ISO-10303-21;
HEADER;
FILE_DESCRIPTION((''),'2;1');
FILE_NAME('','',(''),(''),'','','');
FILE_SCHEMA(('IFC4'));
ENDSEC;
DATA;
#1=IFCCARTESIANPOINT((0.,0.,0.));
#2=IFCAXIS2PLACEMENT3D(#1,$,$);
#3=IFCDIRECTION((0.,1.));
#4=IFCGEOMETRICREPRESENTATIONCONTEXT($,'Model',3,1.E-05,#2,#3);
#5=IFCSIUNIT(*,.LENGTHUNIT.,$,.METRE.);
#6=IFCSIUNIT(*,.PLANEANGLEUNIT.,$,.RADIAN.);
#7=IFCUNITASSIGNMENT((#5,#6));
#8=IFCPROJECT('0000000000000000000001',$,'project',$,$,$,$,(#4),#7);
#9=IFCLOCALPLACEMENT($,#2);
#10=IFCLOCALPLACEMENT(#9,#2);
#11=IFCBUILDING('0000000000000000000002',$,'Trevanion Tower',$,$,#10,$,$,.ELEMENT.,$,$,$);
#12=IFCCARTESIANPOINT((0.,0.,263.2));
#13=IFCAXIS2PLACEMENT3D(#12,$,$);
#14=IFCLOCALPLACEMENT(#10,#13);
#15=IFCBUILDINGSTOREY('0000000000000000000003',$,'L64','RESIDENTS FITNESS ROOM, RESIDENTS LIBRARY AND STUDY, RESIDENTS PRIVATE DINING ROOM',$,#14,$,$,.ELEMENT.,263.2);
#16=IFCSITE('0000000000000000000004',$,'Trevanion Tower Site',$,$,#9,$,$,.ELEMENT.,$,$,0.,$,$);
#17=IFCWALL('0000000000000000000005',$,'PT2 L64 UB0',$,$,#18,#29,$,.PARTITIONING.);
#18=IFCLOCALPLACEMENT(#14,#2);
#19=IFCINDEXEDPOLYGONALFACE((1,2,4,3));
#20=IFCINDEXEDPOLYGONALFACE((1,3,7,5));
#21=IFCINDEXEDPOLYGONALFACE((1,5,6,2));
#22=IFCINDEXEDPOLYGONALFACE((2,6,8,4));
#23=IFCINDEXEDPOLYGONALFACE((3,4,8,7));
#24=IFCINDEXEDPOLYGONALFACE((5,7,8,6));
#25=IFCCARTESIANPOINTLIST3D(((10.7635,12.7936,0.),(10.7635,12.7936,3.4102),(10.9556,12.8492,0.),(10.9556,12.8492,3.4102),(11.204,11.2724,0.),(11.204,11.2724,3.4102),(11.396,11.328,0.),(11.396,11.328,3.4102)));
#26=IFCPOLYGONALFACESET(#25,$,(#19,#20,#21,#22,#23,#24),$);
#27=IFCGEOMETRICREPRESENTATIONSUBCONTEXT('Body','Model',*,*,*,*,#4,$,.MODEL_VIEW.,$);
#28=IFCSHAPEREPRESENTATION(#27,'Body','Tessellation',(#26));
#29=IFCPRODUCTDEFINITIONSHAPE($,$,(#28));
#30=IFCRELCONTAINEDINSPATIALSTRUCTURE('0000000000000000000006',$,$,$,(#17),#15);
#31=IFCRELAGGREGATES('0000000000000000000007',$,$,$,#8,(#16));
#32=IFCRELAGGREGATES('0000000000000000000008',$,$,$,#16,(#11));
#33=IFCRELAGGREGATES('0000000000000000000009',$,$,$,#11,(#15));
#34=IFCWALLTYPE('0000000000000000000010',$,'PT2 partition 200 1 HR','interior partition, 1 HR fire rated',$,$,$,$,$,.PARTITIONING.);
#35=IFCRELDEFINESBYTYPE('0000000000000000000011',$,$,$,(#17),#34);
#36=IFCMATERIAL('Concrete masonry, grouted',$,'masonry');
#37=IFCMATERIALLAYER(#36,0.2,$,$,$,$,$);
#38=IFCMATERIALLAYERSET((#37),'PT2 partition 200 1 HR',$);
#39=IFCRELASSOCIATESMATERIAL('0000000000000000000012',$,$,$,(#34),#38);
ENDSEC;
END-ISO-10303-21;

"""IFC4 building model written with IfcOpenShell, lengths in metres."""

from ifc_helpers import new_model, si_unit, direction, frame, frame_2d, origin, place, context, subcontext, project, spatial, rectangle, extrude, material, layer, layer_set, type_object, element, save


model = new_model("IFC4")

# Units and contexts
model_context = context("Model", 3, precision=1e-05, world=origin(), true_north=direction((0.0, 1.0)))
body_context = subcontext(model_context, "Body", "Model", "MODEL_VIEW")
ifc_project = project(units=[si_unit("LENGTHUNIT", "METRE"), si_unit("PLANEANGLEUNIT", "RADIAN")], contexts=[model_context])

# Site, building, storey
site_placement = place(None, origin())
site = spatial("IfcSite", under=ifc_project, at=site_placement, Name="Trevanion Tower Site", CompositionType="ELEMENT", RefElevation=0.0)
building_placement = place(site_placement, origin())
building = spatial("IfcBuilding", under=site, at=building_placement, Name="Trevanion Tower", CompositionType="ELEMENT")
storey_placement = place(building_placement, frame((0.0, 0.0, 263.2)))
storey = spatial("IfcBuildingStorey", under=building, at=storey_placement, Name="L64", Description="RESIDENTS FITNESS ROOM, RESIDENTS LIBRARY AND STUDY, RESIDENTS PRIVATE DINING ROOM", CompositionType="ELEMENT", Elevation=263.2)

# Wall
ifc_material_1 = material(Name="Concrete masonry, grouted", Category="masonry")
ifc_layer_1 = layer(ifc_material_1, 0.2)
ifc_layer_set_1 = layer_set([ifc_layer_1], Name="PT2 partition 200 1 HR")
wall_type_1 = type_object("IfcWallType", Name="PT2 partition 200 1 HR", Description="interior partition, 1 HR fire rated", PredefinedType="PARTITIONING", material=ifc_layer_set_1)
wall_1_placement = place(storey_placement, frame((11.3, 11.3, 0.0), z_axis=(0.0, 0.0, 1.0), x_axis=(-0.278099, 0.960552, 0.0)))
element("IfcWall", 1, at=wall_1_placement, inside=storey, type_object=wall_type_1, Name="PT2 L64 UB0", PredefinedType="PARTITIONING", context=body_context, shape_type="SweptSolid", body=[
    extrude(rectangle(XDim=1.5837, YDim=0.2, at=frame_2d((0.792, 0.0))), origin(), (0.0, 0.0, 1.0), 3.4102),
])

save(model, "model.ifc")
